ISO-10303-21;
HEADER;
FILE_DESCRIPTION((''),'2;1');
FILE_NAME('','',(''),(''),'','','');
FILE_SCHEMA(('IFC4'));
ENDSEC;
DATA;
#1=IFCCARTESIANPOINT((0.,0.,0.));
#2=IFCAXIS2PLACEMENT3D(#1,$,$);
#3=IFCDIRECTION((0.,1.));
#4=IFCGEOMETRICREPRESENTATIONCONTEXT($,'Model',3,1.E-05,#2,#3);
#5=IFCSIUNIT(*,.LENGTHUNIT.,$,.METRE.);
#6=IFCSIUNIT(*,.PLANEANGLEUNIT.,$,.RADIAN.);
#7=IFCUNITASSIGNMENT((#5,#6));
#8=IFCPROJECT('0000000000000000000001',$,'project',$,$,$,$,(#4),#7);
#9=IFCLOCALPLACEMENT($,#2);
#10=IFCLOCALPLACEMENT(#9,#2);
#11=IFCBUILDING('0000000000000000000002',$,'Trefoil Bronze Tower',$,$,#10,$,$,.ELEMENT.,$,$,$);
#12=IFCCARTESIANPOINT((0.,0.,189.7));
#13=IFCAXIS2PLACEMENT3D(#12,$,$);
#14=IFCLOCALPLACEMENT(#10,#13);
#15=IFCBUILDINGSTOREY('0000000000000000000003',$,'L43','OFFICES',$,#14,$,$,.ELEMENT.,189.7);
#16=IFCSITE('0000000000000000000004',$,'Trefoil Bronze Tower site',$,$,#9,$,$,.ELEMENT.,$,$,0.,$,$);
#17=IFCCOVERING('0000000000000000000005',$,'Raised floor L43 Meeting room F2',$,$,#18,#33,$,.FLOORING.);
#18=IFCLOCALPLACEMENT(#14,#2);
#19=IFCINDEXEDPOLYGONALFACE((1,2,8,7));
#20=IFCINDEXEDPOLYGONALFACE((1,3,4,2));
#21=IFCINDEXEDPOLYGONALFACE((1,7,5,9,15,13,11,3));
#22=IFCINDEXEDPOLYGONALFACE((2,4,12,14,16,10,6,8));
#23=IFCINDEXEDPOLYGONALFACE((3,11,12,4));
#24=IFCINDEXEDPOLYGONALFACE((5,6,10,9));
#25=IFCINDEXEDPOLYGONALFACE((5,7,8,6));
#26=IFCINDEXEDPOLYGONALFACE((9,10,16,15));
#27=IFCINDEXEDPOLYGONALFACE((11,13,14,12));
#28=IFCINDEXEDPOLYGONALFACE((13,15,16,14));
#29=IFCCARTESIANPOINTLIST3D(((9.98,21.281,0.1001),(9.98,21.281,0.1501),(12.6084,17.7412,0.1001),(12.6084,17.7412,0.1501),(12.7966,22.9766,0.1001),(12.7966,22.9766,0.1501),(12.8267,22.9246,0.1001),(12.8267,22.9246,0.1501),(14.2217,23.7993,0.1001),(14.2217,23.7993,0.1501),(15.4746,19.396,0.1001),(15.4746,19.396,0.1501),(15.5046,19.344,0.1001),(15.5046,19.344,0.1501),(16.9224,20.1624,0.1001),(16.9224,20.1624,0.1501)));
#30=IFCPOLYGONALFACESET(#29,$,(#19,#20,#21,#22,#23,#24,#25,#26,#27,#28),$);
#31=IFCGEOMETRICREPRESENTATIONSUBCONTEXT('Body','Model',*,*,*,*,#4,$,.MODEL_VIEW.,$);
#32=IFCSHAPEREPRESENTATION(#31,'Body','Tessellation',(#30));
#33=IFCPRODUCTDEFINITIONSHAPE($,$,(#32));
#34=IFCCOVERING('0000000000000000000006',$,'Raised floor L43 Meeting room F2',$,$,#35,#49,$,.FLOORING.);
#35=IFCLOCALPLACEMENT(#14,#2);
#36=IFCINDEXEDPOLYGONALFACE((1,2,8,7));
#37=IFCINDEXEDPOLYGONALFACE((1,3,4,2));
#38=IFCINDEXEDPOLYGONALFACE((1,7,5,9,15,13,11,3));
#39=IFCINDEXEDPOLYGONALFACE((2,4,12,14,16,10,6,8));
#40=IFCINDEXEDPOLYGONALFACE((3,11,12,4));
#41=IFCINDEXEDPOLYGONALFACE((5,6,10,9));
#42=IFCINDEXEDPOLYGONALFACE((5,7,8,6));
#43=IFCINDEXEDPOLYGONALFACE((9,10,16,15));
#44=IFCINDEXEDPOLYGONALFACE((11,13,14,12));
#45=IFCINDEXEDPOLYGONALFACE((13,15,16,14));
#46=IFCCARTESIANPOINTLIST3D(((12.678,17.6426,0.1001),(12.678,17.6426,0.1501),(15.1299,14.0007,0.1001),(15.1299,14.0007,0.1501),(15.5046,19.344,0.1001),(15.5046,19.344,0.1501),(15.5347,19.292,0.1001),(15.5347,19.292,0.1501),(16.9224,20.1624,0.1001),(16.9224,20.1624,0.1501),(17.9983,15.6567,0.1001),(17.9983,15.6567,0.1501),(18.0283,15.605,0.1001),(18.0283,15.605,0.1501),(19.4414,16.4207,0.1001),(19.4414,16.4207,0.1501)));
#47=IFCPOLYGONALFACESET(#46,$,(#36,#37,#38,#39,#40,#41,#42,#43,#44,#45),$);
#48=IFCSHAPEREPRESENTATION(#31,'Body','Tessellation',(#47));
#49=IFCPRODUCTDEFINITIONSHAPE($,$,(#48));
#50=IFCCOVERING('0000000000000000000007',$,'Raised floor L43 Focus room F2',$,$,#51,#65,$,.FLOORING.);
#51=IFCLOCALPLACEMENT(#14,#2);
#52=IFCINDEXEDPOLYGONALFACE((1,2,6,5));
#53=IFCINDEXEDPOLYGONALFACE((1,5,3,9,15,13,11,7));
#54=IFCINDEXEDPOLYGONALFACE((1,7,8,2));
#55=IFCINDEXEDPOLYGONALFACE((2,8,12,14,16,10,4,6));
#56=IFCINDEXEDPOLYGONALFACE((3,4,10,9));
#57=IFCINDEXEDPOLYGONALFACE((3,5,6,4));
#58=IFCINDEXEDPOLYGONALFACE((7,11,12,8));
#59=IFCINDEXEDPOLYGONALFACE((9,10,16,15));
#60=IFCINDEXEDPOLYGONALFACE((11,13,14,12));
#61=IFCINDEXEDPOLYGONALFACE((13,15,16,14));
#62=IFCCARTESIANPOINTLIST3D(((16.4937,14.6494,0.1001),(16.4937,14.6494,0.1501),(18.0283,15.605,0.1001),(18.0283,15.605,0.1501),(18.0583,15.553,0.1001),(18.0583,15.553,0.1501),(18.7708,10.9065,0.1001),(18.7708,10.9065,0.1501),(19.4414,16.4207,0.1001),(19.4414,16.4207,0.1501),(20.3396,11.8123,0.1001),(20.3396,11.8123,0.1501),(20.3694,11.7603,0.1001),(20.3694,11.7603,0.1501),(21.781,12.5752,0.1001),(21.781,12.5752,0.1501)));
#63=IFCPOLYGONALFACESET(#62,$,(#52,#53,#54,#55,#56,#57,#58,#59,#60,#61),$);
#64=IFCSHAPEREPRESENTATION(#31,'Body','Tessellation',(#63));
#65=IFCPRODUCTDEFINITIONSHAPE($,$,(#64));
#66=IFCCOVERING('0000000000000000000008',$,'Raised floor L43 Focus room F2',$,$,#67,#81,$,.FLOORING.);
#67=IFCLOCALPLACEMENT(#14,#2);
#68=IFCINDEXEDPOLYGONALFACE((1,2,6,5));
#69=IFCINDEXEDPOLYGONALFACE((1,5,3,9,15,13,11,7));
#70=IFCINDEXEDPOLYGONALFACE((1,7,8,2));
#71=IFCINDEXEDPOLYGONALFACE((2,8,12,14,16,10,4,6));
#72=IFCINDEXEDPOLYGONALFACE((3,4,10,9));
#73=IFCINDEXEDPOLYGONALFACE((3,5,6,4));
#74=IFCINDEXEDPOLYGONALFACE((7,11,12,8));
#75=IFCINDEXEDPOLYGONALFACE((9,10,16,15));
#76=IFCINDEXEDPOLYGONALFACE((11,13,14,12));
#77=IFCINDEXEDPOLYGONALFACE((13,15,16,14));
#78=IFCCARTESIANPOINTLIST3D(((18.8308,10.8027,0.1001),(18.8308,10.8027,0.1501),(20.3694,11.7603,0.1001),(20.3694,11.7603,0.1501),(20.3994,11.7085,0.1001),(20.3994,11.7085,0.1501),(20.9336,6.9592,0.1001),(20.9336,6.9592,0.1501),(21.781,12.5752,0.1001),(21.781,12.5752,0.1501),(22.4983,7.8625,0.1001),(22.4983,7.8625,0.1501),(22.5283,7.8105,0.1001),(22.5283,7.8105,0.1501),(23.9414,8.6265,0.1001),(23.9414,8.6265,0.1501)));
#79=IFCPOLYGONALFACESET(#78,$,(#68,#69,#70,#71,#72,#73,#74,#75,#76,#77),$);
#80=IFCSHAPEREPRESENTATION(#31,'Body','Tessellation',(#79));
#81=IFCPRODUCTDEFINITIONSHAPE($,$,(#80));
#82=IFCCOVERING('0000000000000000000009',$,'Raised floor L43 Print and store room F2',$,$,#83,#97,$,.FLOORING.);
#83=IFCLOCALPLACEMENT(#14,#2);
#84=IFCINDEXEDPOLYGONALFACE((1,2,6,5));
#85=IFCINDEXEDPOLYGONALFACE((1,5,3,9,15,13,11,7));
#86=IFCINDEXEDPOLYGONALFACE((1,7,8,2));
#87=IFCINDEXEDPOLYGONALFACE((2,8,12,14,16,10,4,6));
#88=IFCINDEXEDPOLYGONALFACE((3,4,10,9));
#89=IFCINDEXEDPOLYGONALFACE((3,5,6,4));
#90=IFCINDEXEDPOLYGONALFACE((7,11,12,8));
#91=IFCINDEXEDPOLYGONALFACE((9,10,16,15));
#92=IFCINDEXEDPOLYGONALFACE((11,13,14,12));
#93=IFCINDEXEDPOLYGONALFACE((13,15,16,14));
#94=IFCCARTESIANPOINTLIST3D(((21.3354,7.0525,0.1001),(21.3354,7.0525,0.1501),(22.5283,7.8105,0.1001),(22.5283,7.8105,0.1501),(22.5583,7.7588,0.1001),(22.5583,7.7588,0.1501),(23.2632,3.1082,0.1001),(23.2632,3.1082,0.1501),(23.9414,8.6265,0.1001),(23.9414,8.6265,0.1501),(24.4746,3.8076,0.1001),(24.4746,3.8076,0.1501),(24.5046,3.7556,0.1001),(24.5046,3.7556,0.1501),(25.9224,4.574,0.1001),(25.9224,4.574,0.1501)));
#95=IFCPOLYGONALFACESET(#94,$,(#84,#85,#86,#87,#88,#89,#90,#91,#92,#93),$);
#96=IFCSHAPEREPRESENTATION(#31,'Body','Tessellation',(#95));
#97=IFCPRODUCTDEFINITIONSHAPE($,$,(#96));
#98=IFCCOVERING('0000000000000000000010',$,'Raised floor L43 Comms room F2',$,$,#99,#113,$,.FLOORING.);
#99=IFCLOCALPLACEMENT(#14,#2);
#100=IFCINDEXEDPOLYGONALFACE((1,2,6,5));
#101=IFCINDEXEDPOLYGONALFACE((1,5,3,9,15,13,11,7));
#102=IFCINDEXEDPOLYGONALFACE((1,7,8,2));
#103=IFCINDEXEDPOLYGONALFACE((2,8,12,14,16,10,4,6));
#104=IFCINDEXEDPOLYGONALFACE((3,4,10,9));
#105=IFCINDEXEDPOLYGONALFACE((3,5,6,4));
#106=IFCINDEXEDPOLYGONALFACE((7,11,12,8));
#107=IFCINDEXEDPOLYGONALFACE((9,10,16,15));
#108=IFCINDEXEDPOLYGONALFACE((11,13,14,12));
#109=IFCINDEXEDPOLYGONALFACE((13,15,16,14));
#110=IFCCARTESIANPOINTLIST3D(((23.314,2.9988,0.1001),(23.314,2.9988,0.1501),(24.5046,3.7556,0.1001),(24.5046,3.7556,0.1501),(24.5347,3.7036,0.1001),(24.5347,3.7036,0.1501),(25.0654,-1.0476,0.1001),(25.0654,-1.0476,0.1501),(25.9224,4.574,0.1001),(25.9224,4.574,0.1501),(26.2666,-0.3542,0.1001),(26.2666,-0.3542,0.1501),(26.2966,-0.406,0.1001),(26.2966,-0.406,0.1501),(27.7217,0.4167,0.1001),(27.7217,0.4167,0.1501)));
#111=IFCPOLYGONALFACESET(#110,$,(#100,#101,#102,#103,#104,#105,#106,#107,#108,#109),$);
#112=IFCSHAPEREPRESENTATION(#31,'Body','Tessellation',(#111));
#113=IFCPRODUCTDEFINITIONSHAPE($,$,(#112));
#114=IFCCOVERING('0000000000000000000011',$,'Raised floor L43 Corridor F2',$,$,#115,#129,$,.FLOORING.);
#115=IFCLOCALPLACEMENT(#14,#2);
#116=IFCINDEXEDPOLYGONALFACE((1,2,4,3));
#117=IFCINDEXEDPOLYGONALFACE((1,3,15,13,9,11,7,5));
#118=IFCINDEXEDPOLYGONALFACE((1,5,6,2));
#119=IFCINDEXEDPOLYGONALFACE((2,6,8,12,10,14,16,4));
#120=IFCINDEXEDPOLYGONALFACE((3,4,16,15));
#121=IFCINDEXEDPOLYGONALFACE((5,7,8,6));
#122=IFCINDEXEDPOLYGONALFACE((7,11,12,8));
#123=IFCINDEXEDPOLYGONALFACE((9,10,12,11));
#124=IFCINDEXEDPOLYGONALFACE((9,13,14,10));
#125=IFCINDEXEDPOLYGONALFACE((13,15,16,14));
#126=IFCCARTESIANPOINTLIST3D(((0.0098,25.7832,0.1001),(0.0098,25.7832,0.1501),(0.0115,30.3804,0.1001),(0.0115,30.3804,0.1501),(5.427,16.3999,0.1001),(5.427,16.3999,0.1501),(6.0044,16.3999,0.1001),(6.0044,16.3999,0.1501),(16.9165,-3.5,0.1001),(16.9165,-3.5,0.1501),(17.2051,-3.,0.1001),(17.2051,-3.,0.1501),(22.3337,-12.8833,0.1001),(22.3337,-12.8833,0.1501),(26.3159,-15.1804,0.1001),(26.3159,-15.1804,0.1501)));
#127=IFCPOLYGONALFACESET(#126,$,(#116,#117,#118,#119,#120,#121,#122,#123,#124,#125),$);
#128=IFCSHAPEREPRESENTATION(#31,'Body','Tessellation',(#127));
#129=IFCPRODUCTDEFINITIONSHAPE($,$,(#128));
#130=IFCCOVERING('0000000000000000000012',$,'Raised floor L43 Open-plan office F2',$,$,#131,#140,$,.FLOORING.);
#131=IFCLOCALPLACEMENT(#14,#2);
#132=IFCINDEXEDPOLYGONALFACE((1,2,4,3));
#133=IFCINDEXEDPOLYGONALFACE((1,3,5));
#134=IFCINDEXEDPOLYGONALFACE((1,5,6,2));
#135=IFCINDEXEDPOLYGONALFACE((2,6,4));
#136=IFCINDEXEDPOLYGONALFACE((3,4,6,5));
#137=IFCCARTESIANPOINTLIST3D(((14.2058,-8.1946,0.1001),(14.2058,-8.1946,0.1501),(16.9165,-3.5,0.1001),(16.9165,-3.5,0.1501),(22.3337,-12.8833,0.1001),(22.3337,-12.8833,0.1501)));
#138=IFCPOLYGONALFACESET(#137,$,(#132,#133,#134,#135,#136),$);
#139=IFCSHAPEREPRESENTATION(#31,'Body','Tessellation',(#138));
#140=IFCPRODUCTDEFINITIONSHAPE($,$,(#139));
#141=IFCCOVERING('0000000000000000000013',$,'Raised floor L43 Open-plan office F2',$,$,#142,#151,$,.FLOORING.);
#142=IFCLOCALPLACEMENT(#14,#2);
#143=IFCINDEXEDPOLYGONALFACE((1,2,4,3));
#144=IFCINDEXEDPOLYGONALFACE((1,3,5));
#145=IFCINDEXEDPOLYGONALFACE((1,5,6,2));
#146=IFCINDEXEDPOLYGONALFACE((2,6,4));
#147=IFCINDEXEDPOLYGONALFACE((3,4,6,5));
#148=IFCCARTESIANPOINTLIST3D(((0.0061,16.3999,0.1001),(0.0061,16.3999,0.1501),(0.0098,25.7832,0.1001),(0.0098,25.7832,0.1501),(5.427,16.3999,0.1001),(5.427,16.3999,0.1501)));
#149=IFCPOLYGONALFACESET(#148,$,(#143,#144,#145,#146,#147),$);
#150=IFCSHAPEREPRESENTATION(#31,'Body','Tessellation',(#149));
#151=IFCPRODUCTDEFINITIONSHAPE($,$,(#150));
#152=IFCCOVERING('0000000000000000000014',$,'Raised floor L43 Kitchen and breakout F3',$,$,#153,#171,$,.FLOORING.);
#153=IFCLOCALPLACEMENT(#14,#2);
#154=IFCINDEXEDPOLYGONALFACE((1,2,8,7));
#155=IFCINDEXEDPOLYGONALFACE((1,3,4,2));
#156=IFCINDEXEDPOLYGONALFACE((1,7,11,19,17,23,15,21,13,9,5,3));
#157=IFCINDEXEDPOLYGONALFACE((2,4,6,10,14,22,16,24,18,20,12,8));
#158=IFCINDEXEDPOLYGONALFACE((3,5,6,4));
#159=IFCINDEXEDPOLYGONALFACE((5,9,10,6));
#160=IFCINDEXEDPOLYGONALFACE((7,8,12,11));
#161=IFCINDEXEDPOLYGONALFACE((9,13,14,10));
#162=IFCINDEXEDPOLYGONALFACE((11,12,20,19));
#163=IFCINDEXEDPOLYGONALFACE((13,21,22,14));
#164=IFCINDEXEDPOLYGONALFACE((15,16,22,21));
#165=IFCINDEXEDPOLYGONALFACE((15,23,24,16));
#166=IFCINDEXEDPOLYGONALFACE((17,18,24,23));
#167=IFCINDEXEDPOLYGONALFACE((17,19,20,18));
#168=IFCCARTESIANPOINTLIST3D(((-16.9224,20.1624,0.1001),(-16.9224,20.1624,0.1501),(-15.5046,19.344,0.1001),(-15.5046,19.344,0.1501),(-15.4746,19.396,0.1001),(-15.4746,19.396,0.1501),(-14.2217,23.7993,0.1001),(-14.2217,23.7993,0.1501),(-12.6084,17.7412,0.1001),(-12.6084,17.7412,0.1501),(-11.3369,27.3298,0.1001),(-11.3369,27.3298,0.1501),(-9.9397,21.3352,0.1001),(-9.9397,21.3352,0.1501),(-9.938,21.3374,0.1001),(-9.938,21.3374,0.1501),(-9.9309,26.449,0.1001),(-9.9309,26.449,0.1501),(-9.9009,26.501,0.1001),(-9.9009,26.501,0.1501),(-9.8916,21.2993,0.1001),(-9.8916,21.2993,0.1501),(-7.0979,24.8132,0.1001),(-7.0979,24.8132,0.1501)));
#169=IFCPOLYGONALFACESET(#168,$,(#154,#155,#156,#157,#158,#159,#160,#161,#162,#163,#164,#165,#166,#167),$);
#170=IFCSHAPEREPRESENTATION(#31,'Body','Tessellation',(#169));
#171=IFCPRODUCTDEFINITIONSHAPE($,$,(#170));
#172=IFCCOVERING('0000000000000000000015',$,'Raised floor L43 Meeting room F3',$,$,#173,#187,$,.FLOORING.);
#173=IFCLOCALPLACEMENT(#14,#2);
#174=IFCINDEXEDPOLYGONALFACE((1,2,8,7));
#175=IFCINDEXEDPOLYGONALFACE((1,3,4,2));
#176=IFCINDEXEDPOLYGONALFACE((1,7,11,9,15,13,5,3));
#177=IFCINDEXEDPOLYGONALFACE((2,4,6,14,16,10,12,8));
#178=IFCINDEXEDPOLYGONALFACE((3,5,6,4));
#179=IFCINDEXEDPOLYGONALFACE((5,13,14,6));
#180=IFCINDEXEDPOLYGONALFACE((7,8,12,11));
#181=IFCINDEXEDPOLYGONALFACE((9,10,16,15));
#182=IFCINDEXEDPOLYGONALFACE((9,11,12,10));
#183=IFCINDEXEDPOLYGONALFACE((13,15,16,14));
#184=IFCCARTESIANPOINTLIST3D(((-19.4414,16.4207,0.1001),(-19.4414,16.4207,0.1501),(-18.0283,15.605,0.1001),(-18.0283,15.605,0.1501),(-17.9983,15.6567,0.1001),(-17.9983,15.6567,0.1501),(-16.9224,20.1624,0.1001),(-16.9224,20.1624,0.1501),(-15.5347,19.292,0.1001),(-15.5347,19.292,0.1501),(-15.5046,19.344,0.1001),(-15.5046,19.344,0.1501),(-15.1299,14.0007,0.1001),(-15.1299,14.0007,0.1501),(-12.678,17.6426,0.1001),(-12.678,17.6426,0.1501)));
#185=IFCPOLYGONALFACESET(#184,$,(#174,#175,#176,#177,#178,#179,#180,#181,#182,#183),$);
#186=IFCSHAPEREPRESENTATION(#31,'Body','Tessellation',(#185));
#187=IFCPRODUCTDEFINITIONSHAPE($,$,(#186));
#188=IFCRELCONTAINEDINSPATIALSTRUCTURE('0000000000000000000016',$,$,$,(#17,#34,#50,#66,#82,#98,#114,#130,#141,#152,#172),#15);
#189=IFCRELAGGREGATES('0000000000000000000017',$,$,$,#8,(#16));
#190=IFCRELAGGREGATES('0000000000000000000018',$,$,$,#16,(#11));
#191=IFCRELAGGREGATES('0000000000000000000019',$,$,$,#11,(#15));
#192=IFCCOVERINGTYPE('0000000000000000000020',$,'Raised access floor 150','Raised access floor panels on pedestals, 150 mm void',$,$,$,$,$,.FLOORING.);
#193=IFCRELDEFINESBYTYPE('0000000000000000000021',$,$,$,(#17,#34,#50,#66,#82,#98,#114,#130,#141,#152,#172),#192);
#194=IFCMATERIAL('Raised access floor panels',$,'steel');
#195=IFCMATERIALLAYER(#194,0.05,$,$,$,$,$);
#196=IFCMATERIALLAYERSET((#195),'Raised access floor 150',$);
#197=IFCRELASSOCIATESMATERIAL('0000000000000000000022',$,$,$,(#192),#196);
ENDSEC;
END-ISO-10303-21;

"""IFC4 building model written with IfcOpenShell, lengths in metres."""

from ifc_helpers import new_model, si_unit, direction, frame, origin, place, context, subcontext, project, spatial, polyline, outline, extrude, material, layer, layer_set, type_object, element, save


model = new_model("IFC4")

# Units and contexts
model_context = context("Model", 3, precision=1e-05, world=origin(), true_north=direction((0.0, 1.0)))
body_context = subcontext(model_context, "Body", "Model", "MODEL_VIEW")
ifc_project = project(units=[si_unit("LENGTHUNIT", "METRE"), si_unit("PLANEANGLEUNIT", "RADIAN")], contexts=[model_context])

# Site, building, storey
site_placement = place(None, origin())
site = spatial("IfcSite", under=ifc_project, at=site_placement, Name="Trefoil Bronze Tower site", CompositionType="ELEMENT", RefElevation=0.0)
building_placement = place(site_placement, origin())
building = spatial("IfcBuilding", under=site, at=building_placement, Name="Trefoil Bronze Tower", CompositionType="ELEMENT")
storey_placement = place(building_placement, frame((0.0, 0.0, 189.7)))
storey = spatial("IfcBuildingStorey", under=building, at=storey_placement, Name="L43", Description="OFFICES", CompositionType="ELEMENT", Elevation=189.7)

# Coverings
ifc_material_1 = material(Name="Raised access floor panels", Category="steel")
ifc_layer_1 = layer(ifc_material_1, 0.05)
ifc_layer_set_1 = layer_set([ifc_layer_1], Name="Raised access floor 150")
covering_type_1 = type_object("IfcCoveringType", Name="Raised access floor 150", Description="Raised access floor panels on pedestals, 150 mm void", PredefinedType="FLOORING", material=ifc_layer_set_1)
covering_1_placement = place(storey_placement, frame((0.0, 0.0, 0.1001)))
element("IfcCovering", 1, at=covering_1_placement, inside=storey, type_object=covering_type_1, Name="Raised floor L43 Meeting room F2", PredefinedType="FLOORING", context=body_context, shape_type="SweptSolid", body=[
    extrude(outline(polyline([(16.9224, 20.1624), (15.5046, 19.344), (15.4746, 19.396), (12.6084, 17.7412), (9.98, 21.281), (12.8267, 22.9246), (12.7966, 22.9766), (14.2217, 23.7993), (16.9224, 20.1624)])), origin(), (0.0, 0.0, 1.0), 0.05),
])
covering_2_placement = place(storey_placement, frame((0.0, 0.0, 0.1001)))
element("IfcCovering", 2, at=covering_2_placement, inside=storey, type_object=covering_type_1, Name="Raised floor L43 Meeting room F2", PredefinedType="FLOORING", context=body_context, shape_type="SweptSolid", body=[
    extrude(outline(polyline([(19.4414, 16.4207), (18.0283, 15.605), (17.9983, 15.6567), (15.1299, 14.0007), (12.678, 17.6426), (15.5347, 19.292), (15.5046, 19.344), (16.9224, 20.1624), (19.4414, 16.4207)])), origin(), (0.0, 0.0, 1.0), 0.05),
])
covering_3_placement = place(storey_placement, frame((0.0, 0.0, 0.1001)))
element("IfcCovering", 3, at=covering_3_placement, inside=storey, type_object=covering_type_1, Name="Raised floor L43 Focus room F2", PredefinedType="FLOORING", context=body_context, shape_type="SweptSolid", body=[
    extrude(outline(polyline([(19.4414, 16.4207), (21.781, 12.5752), (20.3694, 11.7603), (20.3396, 11.8123), (18.7708, 10.9065), (16.4937, 14.6494), (18.0583, 15.553), (18.0283, 15.605), (19.4414, 16.4207)])), origin(), (0.0, 0.0, 1.0), 0.05),
])
covering_4_placement = place(storey_placement, frame((0.0, 0.0, 0.1001)))
element("IfcCovering", 4, at=covering_4_placement, inside=storey, type_object=covering_type_1, Name="Raised floor L43 Focus room F2", PredefinedType="FLOORING", context=body_context, shape_type="SweptSolid", body=[
    extrude(outline(polyline([(21.781, 12.5752), (23.9414, 8.6265), (22.5283, 7.8105), (22.4983, 7.8625), (20.9336, 6.9592), (18.8308, 10.8027), (20.3994, 11.7085), (20.3694, 11.7603), (21.781, 12.5752)])), origin(), (0.0, 0.0, 1.0), 0.05),
])
covering_5_placement = place(storey_placement, frame((0.0, 0.0, 0.1001)))
element("IfcCovering", 5, at=covering_5_placement, inside=storey, type_object=covering_type_1, Name="Raised floor L43 Print and store room F2", PredefinedType="FLOORING", context=body_context, shape_type="SweptSolid", body=[
    extrude(outline(polyline([(23.9414, 8.6265), (25.9224, 4.574), (24.5046, 3.7556), (24.4746, 3.8076), (23.2632, 3.1082), (21.3354, 7.0525), (22.5583, 7.7588), (22.5283, 7.8105), (23.9414, 8.6265)])), origin(), (0.0, 0.0, 1.0), 0.05),
])
covering_6_placement = place(storey_placement, frame((0.0, 0.0, 0.1001)))
element("IfcCovering", 6, at=covering_6_placement, inside=storey, type_object=covering_type_1, Name="Raised floor L43 Comms room F2", PredefinedType="FLOORING", context=body_context, shape_type="SweptSolid", body=[
    extrude(outline(polyline([(25.9224, 4.574), (27.7217, 0.4167), (26.2966, -0.406), (26.2666, -0.3542), (25.0654, -1.0476), (23.314, 2.9988), (24.5347, 3.7036), (24.5046, 3.7556), (25.9224, 4.574)])), origin(), (0.0, 0.0, 1.0), 0.05),
])
covering_7_placement = place(storey_placement, frame((0.0, 0.0, 0.1001)))
element("IfcCovering", 7, at=covering_7_placement, inside=storey, type_object=covering_type_1, Name="Raised floor L43 Corridor F2", PredefinedType="FLOORING", context=body_context, shape_type="SweptSolid", body=[
    extrude(outline(polyline([(26.3159, -15.1804), (22.3337, -12.8833), (16.9165, -3.5), (17.2051, -3.0), (6.0044, 16.3999), (5.427, 16.3999), (0.0098, 25.7832), (0.0115, 30.3804), (26.3159, -15.1804)])), origin(), (0.0, 0.0, 1.0), 0.05),
])
covering_8_placement = place(storey_placement, frame((0.0, 0.0, 0.1001)))
element("IfcCovering", 8, at=covering_8_placement, inside=storey, type_object=covering_type_1, Name="Raised floor L43 Open-plan office F2", PredefinedType="FLOORING", context=body_context, shape_type="SweptSolid", body=[
    extrude(outline(polyline([(22.3337, -12.8833), (14.2058, -8.1946), (16.9165, -3.5), (22.3337, -12.8833)])), origin(), (0.0, 0.0, 1.0), 0.05),
])
covering_9_placement = place(storey_placement, frame((0.0, 0.0, 0.1001)))
element("IfcCovering", 9, at=covering_9_placement, inside=storey, type_object=covering_type_1, Name="Raised floor L43 Open-plan office F2", PredefinedType="FLOORING", context=body_context, shape_type="SweptSolid", body=[
    extrude(outline(polyline([(0.0061, 16.3999), (0.0098, 25.7832), (5.427, 16.3999), (0.0061, 16.3999)])), origin(), (0.0, 0.0, 1.0), 0.05),
])
covering_10_placement = place(storey_placement, frame((0.0, 0.0, 0.1001)))
element("IfcCovering", 10, at=covering_10_placement, inside=storey, type_object=covering_type_1, Name="Raised floor L43 Kitchen and breakout F3", PredefinedType="FLOORING", context=body_context, shape_type="SweptSolid", body=[
    extrude(outline(polyline([(-14.2217, 23.7993), (-11.3369, 27.3298), (-9.9009, 26.501), (-9.9309, 26.449), (-7.0979, 24.8132), (-9.938, 21.3374), (-9.8916, 21.2993), (-9.9397, 21.3352), (-12.6084, 17.7412), (-15.4746, 19.396), (-15.5046, 19.344), (-16.9224, 20.1624), (-14.2217, 23.7993)])), origin(), (0.0, 0.0, 1.0), 0.05),
])
covering_11_placement = place(storey_placement, frame((0.0, 0.0, 0.1001)))
element("IfcCovering", 11, at=covering_11_placement, inside=storey, type_object=covering_type_1, Name="Raised floor L43 Meeting room F3", PredefinedType="FLOORING", context=body_context, shape_type="SweptSolid", body=[
    extrude(outline(polyline([(-16.9224, 20.1624), (-15.5046, 19.344), (-15.5347, 19.292), (-12.678, 17.6426), (-15.1299, 14.0007), (-17.9983, 15.6567), (-18.0283, 15.605), (-19.4414, 16.4207), (-16.9224, 20.1624)])), origin(), (0.0, 0.0, 1.0), 0.05),
])

save(model, "model.ifc")
